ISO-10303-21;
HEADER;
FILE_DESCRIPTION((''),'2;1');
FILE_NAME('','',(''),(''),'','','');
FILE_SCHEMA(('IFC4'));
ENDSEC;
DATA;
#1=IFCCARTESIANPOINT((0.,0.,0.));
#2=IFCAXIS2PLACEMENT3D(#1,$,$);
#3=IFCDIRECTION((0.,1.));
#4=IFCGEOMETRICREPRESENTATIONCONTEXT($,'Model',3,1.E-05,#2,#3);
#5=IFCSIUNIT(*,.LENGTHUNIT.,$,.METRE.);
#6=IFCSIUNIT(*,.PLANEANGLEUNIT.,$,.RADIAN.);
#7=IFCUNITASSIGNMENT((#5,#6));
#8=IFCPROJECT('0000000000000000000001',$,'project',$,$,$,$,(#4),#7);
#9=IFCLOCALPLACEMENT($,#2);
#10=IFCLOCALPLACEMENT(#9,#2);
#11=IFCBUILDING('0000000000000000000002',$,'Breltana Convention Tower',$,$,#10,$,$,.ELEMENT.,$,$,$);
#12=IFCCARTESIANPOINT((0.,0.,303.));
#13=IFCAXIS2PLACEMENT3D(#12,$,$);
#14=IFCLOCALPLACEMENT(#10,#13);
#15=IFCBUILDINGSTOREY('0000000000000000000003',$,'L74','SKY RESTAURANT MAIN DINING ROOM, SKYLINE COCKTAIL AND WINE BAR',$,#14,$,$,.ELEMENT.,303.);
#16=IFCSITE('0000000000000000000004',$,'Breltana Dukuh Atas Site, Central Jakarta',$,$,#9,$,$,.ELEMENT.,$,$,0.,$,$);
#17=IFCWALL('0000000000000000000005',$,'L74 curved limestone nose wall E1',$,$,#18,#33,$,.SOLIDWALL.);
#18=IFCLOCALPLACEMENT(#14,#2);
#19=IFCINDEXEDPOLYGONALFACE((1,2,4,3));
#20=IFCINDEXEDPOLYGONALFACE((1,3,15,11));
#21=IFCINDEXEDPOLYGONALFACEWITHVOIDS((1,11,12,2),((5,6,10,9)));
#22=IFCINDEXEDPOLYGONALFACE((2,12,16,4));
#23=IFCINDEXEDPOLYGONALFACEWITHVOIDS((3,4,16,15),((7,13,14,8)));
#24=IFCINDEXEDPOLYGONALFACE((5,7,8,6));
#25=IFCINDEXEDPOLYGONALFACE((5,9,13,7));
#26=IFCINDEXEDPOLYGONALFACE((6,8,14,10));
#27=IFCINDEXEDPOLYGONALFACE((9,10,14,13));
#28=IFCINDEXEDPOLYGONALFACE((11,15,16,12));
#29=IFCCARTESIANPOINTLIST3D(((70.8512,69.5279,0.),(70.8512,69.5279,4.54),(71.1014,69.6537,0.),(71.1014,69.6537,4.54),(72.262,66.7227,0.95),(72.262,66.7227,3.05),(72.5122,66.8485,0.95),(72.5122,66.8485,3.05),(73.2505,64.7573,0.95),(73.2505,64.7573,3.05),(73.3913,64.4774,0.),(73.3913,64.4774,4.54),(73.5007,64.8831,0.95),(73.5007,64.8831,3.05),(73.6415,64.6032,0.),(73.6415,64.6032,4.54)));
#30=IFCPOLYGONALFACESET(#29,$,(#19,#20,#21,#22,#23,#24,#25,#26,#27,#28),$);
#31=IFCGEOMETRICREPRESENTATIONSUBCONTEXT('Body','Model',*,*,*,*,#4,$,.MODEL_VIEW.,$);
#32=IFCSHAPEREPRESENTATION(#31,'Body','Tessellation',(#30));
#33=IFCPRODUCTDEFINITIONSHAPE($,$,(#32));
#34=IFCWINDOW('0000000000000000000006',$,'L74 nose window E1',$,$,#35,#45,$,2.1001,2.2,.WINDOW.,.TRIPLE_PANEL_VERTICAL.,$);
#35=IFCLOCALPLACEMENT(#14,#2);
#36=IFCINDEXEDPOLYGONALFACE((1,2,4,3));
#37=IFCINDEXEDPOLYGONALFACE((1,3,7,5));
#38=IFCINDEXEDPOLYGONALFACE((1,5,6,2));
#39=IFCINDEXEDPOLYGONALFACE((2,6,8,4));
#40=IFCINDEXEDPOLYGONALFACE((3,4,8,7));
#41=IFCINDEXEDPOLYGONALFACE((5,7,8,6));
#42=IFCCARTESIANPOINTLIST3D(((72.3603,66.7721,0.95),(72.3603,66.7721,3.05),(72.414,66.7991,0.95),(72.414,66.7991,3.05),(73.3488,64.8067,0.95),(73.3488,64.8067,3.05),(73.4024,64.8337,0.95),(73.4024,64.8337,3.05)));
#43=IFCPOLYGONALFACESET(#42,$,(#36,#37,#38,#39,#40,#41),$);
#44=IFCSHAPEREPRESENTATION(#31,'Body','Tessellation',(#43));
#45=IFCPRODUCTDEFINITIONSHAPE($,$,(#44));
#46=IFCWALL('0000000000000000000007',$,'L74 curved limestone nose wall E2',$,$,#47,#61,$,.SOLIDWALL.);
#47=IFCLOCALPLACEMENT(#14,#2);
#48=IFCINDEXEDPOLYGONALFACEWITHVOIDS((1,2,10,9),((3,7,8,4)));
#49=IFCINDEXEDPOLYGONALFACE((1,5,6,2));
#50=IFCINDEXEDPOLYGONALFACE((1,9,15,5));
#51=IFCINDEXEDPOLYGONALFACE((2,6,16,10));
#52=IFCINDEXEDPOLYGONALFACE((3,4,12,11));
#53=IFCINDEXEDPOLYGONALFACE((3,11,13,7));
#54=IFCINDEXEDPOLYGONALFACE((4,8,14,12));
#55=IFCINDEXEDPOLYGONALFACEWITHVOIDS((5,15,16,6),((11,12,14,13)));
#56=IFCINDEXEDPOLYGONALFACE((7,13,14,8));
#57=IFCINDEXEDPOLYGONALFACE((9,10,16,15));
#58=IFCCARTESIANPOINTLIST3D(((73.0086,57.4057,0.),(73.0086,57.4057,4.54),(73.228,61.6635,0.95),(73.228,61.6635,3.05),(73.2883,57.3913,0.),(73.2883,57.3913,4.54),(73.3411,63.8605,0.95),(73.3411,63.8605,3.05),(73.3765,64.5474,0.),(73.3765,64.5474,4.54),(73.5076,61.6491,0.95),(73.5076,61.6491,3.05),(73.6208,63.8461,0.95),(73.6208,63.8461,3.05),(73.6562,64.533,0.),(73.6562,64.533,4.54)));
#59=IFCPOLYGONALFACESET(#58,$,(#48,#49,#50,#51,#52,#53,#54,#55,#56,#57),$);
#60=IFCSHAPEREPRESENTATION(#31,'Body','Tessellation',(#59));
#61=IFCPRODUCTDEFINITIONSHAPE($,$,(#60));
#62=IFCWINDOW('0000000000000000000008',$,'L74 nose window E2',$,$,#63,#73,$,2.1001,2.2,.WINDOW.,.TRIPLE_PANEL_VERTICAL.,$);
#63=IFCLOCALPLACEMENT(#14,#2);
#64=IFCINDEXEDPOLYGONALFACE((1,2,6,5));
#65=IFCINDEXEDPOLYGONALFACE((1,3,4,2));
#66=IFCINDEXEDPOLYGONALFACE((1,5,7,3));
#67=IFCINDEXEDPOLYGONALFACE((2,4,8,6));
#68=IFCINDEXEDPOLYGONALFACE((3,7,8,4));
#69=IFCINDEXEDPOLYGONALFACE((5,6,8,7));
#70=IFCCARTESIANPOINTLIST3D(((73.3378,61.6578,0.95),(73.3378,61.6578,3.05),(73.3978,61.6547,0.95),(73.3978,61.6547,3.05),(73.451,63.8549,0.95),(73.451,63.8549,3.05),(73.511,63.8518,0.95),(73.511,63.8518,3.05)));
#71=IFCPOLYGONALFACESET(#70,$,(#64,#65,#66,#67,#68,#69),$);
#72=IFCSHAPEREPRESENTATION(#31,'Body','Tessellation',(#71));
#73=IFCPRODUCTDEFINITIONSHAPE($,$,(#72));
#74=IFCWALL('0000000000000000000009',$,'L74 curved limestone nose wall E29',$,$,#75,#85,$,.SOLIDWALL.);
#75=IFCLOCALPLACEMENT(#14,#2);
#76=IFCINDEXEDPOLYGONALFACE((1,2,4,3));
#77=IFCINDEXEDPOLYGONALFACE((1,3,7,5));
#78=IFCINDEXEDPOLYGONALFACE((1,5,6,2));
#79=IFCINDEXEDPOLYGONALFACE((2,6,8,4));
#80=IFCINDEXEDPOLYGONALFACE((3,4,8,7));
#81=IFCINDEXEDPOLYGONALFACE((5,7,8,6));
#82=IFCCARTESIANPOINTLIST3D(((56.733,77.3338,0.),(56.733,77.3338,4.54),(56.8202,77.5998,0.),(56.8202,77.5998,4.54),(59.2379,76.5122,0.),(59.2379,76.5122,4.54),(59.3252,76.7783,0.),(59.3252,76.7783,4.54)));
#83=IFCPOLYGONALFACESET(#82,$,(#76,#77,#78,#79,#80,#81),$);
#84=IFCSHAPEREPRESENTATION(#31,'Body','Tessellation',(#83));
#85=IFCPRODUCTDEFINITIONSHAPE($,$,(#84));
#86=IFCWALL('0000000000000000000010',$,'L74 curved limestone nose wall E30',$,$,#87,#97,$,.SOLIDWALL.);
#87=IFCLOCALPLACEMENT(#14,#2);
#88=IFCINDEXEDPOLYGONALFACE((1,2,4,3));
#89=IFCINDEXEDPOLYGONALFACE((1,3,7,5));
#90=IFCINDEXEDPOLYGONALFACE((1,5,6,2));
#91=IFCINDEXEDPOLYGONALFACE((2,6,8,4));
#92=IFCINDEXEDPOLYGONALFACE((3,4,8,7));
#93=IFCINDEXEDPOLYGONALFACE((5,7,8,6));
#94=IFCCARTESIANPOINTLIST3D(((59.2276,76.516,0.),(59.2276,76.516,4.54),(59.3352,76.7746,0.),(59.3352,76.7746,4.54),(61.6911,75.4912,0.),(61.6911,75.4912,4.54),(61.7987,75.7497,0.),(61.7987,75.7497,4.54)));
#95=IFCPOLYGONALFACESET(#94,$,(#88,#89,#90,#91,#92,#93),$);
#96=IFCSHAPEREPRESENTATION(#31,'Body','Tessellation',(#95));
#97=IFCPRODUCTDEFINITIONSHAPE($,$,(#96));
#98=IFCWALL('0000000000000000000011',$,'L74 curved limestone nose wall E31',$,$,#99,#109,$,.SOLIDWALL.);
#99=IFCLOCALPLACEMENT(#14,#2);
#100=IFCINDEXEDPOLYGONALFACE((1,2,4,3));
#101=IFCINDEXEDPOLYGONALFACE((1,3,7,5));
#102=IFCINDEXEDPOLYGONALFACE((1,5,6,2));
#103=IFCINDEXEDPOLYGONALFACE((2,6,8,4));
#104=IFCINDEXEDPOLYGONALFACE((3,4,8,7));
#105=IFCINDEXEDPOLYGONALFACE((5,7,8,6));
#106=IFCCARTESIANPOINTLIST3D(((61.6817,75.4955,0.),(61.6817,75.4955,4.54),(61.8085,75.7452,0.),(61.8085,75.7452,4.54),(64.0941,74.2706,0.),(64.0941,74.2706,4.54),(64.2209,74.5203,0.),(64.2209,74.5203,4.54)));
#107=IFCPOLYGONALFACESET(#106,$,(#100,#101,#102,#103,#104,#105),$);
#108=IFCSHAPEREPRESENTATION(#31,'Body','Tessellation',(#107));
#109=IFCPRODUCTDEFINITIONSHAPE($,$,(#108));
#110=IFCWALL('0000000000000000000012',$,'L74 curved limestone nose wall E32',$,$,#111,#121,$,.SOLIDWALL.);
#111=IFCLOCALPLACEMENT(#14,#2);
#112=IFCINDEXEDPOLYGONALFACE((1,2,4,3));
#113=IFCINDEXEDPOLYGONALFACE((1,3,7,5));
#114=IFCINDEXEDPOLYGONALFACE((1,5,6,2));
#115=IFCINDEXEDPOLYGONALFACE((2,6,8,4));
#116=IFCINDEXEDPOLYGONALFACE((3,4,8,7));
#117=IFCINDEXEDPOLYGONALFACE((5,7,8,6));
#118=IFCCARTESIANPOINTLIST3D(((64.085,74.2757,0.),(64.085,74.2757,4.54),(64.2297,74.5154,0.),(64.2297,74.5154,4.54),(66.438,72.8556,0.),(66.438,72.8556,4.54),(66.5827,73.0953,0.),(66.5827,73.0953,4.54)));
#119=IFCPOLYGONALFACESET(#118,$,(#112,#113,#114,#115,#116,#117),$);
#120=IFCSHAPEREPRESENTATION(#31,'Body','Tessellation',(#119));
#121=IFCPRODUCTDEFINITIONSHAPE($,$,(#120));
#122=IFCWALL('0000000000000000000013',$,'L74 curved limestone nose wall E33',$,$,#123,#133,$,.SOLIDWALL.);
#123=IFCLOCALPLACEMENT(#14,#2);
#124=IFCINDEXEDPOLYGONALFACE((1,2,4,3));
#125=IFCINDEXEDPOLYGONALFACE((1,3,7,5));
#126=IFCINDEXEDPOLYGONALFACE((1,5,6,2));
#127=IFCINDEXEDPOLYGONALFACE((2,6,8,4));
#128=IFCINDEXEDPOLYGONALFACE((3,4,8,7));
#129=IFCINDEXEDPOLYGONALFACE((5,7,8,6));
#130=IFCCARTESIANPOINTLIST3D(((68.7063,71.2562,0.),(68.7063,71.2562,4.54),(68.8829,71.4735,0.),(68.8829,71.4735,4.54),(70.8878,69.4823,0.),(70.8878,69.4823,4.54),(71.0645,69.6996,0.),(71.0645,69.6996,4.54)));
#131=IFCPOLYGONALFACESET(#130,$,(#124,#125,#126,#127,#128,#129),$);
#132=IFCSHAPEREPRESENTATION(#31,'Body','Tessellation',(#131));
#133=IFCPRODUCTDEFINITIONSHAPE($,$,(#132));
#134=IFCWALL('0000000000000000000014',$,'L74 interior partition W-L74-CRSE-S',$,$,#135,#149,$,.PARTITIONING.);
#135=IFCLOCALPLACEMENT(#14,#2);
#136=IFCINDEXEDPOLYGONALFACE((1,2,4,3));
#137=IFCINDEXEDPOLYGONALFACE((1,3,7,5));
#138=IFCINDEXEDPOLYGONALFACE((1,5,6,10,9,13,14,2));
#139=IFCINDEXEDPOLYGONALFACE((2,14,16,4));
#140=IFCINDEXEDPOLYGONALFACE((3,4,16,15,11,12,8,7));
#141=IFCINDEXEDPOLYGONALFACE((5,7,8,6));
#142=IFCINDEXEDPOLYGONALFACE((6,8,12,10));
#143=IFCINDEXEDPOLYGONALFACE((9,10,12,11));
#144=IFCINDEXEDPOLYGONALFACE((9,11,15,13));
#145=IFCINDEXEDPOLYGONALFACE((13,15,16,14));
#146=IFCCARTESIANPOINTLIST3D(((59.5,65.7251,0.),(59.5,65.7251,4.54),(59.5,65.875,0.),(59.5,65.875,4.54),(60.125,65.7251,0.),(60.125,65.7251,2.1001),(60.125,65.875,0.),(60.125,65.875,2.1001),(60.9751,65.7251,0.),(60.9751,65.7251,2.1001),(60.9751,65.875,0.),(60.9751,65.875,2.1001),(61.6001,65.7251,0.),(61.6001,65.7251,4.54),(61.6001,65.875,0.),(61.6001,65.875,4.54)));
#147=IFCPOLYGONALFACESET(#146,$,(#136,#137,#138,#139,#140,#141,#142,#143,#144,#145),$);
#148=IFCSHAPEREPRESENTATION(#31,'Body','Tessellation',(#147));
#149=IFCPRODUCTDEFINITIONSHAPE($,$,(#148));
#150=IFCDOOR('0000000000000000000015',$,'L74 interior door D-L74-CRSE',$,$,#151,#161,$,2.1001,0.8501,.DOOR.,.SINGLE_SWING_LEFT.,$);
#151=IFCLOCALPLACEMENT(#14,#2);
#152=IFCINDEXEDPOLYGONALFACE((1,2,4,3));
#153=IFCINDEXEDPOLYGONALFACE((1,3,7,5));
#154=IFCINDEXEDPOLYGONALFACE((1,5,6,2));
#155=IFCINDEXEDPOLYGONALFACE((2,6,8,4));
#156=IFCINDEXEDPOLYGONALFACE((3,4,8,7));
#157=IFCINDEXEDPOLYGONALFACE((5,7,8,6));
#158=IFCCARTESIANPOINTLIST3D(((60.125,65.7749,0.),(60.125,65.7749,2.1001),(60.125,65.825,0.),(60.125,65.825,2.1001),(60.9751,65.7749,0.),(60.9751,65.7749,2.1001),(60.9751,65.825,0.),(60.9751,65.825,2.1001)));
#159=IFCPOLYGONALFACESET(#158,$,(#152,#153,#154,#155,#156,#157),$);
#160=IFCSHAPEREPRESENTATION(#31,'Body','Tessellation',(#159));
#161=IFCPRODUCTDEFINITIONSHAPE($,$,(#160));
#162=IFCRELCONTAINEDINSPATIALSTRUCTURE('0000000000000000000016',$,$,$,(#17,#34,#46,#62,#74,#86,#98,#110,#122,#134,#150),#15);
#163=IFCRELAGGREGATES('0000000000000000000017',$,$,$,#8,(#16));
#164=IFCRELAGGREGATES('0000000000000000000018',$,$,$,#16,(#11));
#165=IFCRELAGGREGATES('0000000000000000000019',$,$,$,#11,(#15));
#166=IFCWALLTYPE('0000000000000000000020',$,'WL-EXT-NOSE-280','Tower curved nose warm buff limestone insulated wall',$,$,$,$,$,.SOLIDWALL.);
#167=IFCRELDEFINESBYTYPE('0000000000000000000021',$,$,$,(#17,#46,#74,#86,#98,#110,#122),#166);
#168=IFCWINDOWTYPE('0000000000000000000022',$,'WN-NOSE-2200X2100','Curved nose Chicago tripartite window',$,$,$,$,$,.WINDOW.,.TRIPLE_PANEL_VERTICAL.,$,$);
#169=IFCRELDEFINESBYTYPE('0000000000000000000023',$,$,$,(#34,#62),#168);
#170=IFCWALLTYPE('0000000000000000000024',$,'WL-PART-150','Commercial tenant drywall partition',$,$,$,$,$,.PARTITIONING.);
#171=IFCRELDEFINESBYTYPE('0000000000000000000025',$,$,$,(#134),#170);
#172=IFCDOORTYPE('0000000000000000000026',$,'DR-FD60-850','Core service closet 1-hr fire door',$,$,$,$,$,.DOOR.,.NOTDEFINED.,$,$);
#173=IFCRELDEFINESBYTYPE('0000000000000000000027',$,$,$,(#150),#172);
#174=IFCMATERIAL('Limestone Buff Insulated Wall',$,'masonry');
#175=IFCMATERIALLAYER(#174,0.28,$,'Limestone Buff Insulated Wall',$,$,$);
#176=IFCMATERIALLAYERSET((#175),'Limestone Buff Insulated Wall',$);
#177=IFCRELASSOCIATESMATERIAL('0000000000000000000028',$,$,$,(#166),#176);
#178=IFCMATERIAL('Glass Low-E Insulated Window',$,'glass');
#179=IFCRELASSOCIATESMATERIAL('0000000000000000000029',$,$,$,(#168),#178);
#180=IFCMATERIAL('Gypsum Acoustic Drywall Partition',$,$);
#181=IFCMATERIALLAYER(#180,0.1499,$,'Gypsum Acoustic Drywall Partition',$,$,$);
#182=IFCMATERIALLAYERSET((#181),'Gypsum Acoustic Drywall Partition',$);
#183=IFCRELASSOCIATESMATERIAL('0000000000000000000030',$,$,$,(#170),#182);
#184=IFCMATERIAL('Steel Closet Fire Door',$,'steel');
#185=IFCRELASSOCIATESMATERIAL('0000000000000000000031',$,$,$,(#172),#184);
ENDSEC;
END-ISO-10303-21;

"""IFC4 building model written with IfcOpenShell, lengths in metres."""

from ifc_helpers import new_model, si_unit, direction, frame, frame_2d, origin, place, context, subcontext, project, spatial, rectangle, extrude, source, transform, mapped, material, layer, layer_set, type_object, type_shapes, element, fill, save


model = new_model("IFC4")

# Units and contexts
model_context = context("Model", 3, precision=1e-05, world=origin(), true_north=direction((0.0, 1.0)))
body_context = subcontext(model_context, "Body", "Model", "MODEL_VIEW")
ifc_project = project(units=[si_unit("LENGTHUNIT", "METRE"), si_unit("PLANEANGLEUNIT", "RADIAN")], contexts=[model_context])

# Site, building, storey
site_placement = place(None, origin())
site = spatial("IfcSite", under=ifc_project, at=site_placement, Name="Breltana Dukuh Atas Site, Central Jakarta", CompositionType="ELEMENT", RefElevation=0.0)
building_placement = place(site_placement, origin())
building = spatial("IfcBuilding", under=site, at=building_placement, Name="Breltana Convention Tower", CompositionType="ELEMENT")
storey_placement = place(building_placement, frame((0.0, 0.0, 303.0)))
storey = spatial("IfcBuildingStorey", under=building, at=storey_placement, Name="L74", Description="SKY RESTAURANT MAIN DINING ROOM, SKYLINE COCKTAIL AND WINE BAR", CompositionType="ELEMENT", Elevation=303.0)

# Walls, openings, windows
ifc_material_1 = material(Name="Limestone Buff Insulated Wall", Category="masonry")
ifc_layer_1 = layer(ifc_material_1, 0.28, Name="Limestone Buff Insulated Wall")
ifc_layer_set_1 = layer_set([ifc_layer_1], Name="Limestone Buff Insulated Wall")
wall_type_1 = type_object("IfcWallType", Name="WL-EXT-NOSE-280", Description="Tower curved nose warm buff limestone insulated wall", PredefinedType="SOLIDWALL", material=ifc_layer_set_1)
shared_shape_1 = source(origin(), body_context, "Body", "SweptSolid", [
    extrude(rectangle(XDim=5.6533, YDim=0.28, at=frame_2d((2.8267, 0.0))), origin(), (0.0, 0.0, 1.0), 4.54),
])
wall_1_placement = place(storey_placement, frame((70.9763, 69.5908, 0.0), z_axis=(0.0, 0.0, 1.0), x_axis=(0.449303, -0.89338, 0.0)))
wall_1 = element("IfcWall", 1, at=wall_1_placement, inside=storey, type_object=wall_type_1, Name="L74 curved limestone nose wall E1", PredefinedType="SOLIDWALL", context=body_context, shape_type="MappedRepresentation", body=[
    mapped(shared_shape_1, transform((0.0, 0.0, 0.0), scale=1.0)),
])
opening_1_placement = place(wall_1_placement, frame((3.1399, 0.0, 0.95)))
opening_1 = element("IfcOpeningElement", 2, at=opening_1_placement, cuts=wall_1, PredefinedType="OPENING", context=body_context, shape_type="SweptSolid", body=[
    extrude(rectangle(XDim=2.2, YDim=2.1001, at=frame_2d((1.1001, 1.05))), frame((0.0, 0.1499, 0.0), z_axis=(0.0, -1.0, 0.0), x_axis=(1.0, 0.0, 0.0)), (0.0, 0.0, 1.0), 0.3),
])
ifc_material_2 = material(Name="Glass Low-E Insulated Window", Category="glass")
window_type = type_object("IfcWindowType", Name="WN-NOSE-2200X2100", Description="Curved nose Chicago tripartite window", PartitioningType="TRIPLE_PANEL_VERTICAL", PredefinedType="WINDOW", material=ifc_material_2)
shared_shape_2 = source(origin(), body_context, "Body", "SweptSolid", [
    extrude(rectangle(XDim=2.2, YDim=2.1001, at=frame_2d((1.1001, 1.05))), frame((0.0, 0.03, 0.0), z_axis=(0.0, -1.0, 0.0), x_axis=(1.0, 0.0, 0.0)), (0.0, 0.0, 1.0), 0.0601),
])
type_shapes(window_type, [shared_shape_2])
window_1_placement = place(opening_1_placement, origin())
window_1 = element("IfcWindow", 3, at=window_1_placement, inside=storey, type_object=window_type, Name="L74 nose window E1", OverallHeight=2.1001, OverallWidth=2.2, PartitioningType="TRIPLE_PANEL_VERTICAL", PredefinedType="WINDOW", context=body_context, shape_type="MappedRepresentation", body=[
    mapped(shared_shape_2, transform((0.0, 0.0, 0.0), scale=1.0)),
])
fill(opening_1, window_1)
shared_shape_3 = source(origin(), body_context, "Body", "SweptSolid", [
    extrude(rectangle(XDim=7.1511, YDim=0.28, at=frame_2d((3.5757, 0.0))), origin(), (0.0, 0.0, 1.0), 4.54),
])
wall_2_placement = place(storey_placement, frame((73.5164, 64.5403, 0.0), z_axis=(0.0, 0.0, 1.0), x_axis=(-0.05145, -0.998676, 0.0)))
wall_2 = element("IfcWall", 4, at=wall_2_placement, inside=storey, type_object=wall_type_1, Name="L74 curved limestone nose wall E2", PredefinedType="SOLIDWALL", context=body_context, shape_type="MappedRepresentation", body=[
    mapped(shared_shape_3, transform((0.0, 0.0, 0.0), scale=1.0)),
])
opening_2_placement = place(wall_2_placement, frame((0.6877, 0.0, 0.95)))
opening_2 = element("IfcOpeningElement", 5, at=opening_2_placement, cuts=wall_2, PredefinedType="OPENING", context=body_context, shape_type="SweptSolid", body=[
    extrude(rectangle(XDim=2.2, YDim=2.1001, at=frame_2d((1.1001, 1.05))), frame((0.0, 0.1499, 0.0), z_axis=(0.0, -1.0, 0.0), x_axis=(1.0, 0.0, 0.0)), (0.0, 0.0, 1.0), 0.3),
])
window_2_placement = place(opening_2_placement, origin())
window_2 = element("IfcWindow", 6, at=window_2_placement, inside=storey, type_object=window_type, Name="L74 nose window E2", OverallHeight=2.1001, OverallWidth=2.2, PartitioningType="TRIPLE_PANEL_VERTICAL", PredefinedType="WINDOW", context=body_context, shape_type="MappedRepresentation", body=[
    mapped(shared_shape_2, transform((0.0, 0.0, 0.0), scale=1.0)),
])
fill(opening_2, window_2)

# Walls
shared_shape_4 = source(origin(), body_context, "Body", "SweptSolid", [
    extrude(rectangle(XDim=2.6362, YDim=0.28, at=frame_2d((1.3181, 0.0))), origin(), (0.0, 0.0, 1.0), 4.54),
])
wall_3_placement = place(storey_placement, frame((56.7766, 77.4668, 0.0), z_axis=(0.0, 0.0, 1.0), x_axis=(0.9502, -0.31164, 0.0)))
element("IfcWall", 7, at=wall_3_placement, inside=storey, type_object=wall_type_1, Name="L74 curved limestone nose wall E29", PredefinedType="SOLIDWALL", context=body_context, shape_type="MappedRepresentation", body=[
    mapped(shared_shape_4, transform((0.0, 0.0, 0.0), scale=1.0)),
])
shared_shape_5 = source(origin(), body_context, "Body", "SweptSolid", [
    extrude(rectangle(XDim=2.6682, YDim=0.28, at=frame_2d((1.334, 0.0))), origin(), (0.0, 0.0, 1.0), 4.54),
])
wall_4_placement = place(storey_placement, frame((59.2815, 76.6453, 0.0), z_axis=(0.0, 0.0, 1.0), x_axis=(0.923291, -0.384102, 0.0)))
element("IfcWall", 8, at=wall_4_placement, inside=storey, type_object=wall_type_1, Name="L74 curved limestone nose wall E30", PredefinedType="SOLIDWALL", context=body_context, shape_type="MappedRepresentation", body=[
    mapped(shared_shape_5, transform((0.0, 0.0, 0.0), scale=1.0)),
])
shared_shape_6 = source(origin(), body_context, "Body", "SweptSolid", [
    extrude(rectangle(XDim=2.7056, YDim=0.28, at=frame_2d((1.3528, 0.0))), origin(), (0.0, 0.0, 1.0), 4.54),
])
wall_5_placement = place(storey_placement, frame((61.7451, 75.6204, 0.0), z_axis=(0.0, 0.0, 1.0), x_axis=(0.891649, -0.452728, 0.0)))
element("IfcWall", 9, at=wall_5_placement, inside=storey, type_object=wall_type_1, Name="L74 curved limestone nose wall E31", PredefinedType="SOLIDWALL", context=body_context, shape_type="MappedRepresentation", body=[
    mapped(shared_shape_6, transform((0.0, 0.0, 0.0), scale=1.0)),
])
shared_shape_7 = source(origin(), body_context, "Body", "SweptSolid", [
    extrude(rectangle(XDim=2.7483, YDim=0.28, at=frame_2d((1.374, 0.0))), origin(), (0.0, 0.0, 1.0), 4.54),
])
wall_6_placement = place(storey_placement, frame((64.1575, 74.3955, 0.0), z_axis=(0.0, 0.0, 1.0), x_axis=(0.85615, -0.516728, 0.0)))
element("IfcWall", 10, at=wall_6_placement, inside=storey, type_object=wall_type_1, Name="L74 curved limestone nose wall E32", PredefinedType="SOLIDWALL", context=body_context, shape_type="MappedRepresentation", body=[
    mapped(shared_shape_7, transform((0.0, 0.0, 0.0), scale=1.0)),
])
shared_shape_8 = source(origin(), body_context, "Body", "SweptSolid", [
    extrude(rectangle(XDim=2.8118, YDim=0.28, at=frame_2d((1.4058, 0.0))), origin(), (0.0, 0.0, 1.0), 4.54),
])
wall_7_placement = place(storey_placement, frame((68.7947, 71.3647, 0.0), z_axis=(0.0, 0.0, 1.0), x_axis=(0.77588, -0.63088, 0.0)))
element("IfcWall", 11, at=wall_7_placement, inside=storey, type_object=wall_type_1, Name="L74 curved limestone nose wall E33", PredefinedType="SOLIDWALL", context=body_context, shape_type="MappedRepresentation", body=[
    mapped(shared_shape_8, transform((0.0, 0.0, 0.0), scale=1.0)),
])

# Wall, opening, door
ifc_material_3 = material(Name="Gypsum Acoustic Drywall Partition")
ifc_layer_2 = layer(ifc_material_3, 0.1499, Name="Gypsum Acoustic Drywall Partition")
ifc_layer_set_2 = layer_set([ifc_layer_2], Name="Gypsum Acoustic Drywall Partition")
wall_type_2 = type_object("IfcWallType", Name="WL-PART-150", Description="Commercial tenant drywall partition", PredefinedType="PARTITIONING", material=ifc_layer_set_2)
shared_shape_9 = source(origin(), body_context, "Body", "SweptSolid", [
    extrude(rectangle(XDim=2.1001, YDim=0.1499, at=frame_2d((1.05, 0.0))), origin(), (0.0, 0.0, 1.0), 4.54),
])
wall_8_placement = place(storey_placement, frame((59.5, 65.8, 0.0), z_axis=(0.0, 0.0, 1.0), x_axis=(1.0, 0.0, 0.0)))
wall_8 = element("IfcWall", 12, at=wall_8_placement, inside=storey, type_object=wall_type_2, Name="L74 interior partition W-L74-CRSE-S", PredefinedType="PARTITIONING", context=body_context, shape_type="MappedRepresentation", body=[
    mapped(shared_shape_9, transform((0.0, 0.0, 0.0), scale=1.0)),
])
opening_3_placement = place(wall_8_placement, frame((0.625, 0.0, 0.0)))
opening_3 = element("IfcOpeningElement", 13, at=opening_3_placement, cuts=wall_8, PredefinedType="OPENING", context=body_context, shape_type="SweptSolid", body=[
    extrude(rectangle(XDim=0.8501, YDim=2.1001, at=frame_2d((0.425, 1.05))), frame((0.0, 0.085, 0.0), z_axis=(0.0, -1.0, 0.0), x_axis=(1.0, 0.0, 0.0)), (0.0, 0.0, 1.0), 0.1699),
])
ifc_material_4 = material(Name="Steel Closet Fire Door", Category="steel")
door_type = type_object("IfcDoorType", Name="DR-FD60-850", Description="Core service closet 1-hr fire door", OperationType="NOTDEFINED", PredefinedType="DOOR", material=ifc_material_4)
shared_shape_10 = source(origin(), body_context, "Body", "SweptSolid", [
    extrude(rectangle(XDim=0.8501, YDim=2.1001, at=frame_2d((0.425, 1.05))), frame((0.0, 0.0249, 0.0), z_axis=(0.0, -1.0, 0.0), x_axis=(1.0, 0.0, 0.0)), (0.0, 0.0, 1.0), 0.05),
])
type_shapes(door_type, [shared_shape_10])
door_placement = place(opening_3_placement, origin())
door = element("IfcDoor", 14, at=door_placement, inside=storey, type_object=door_type, Name="L74 interior door D-L74-CRSE", OperationType="SINGLE_SWING_LEFT", OverallHeight=2.1001, OverallWidth=0.8501, PredefinedType="DOOR", context=body_context, shape_type="MappedRepresentation", body=[
    mapped(shared_shape_10, transform((0.0, 0.0, 0.0), scale=1.0)),
])
fill(opening_3, door)

save(model, "model.ifc")
